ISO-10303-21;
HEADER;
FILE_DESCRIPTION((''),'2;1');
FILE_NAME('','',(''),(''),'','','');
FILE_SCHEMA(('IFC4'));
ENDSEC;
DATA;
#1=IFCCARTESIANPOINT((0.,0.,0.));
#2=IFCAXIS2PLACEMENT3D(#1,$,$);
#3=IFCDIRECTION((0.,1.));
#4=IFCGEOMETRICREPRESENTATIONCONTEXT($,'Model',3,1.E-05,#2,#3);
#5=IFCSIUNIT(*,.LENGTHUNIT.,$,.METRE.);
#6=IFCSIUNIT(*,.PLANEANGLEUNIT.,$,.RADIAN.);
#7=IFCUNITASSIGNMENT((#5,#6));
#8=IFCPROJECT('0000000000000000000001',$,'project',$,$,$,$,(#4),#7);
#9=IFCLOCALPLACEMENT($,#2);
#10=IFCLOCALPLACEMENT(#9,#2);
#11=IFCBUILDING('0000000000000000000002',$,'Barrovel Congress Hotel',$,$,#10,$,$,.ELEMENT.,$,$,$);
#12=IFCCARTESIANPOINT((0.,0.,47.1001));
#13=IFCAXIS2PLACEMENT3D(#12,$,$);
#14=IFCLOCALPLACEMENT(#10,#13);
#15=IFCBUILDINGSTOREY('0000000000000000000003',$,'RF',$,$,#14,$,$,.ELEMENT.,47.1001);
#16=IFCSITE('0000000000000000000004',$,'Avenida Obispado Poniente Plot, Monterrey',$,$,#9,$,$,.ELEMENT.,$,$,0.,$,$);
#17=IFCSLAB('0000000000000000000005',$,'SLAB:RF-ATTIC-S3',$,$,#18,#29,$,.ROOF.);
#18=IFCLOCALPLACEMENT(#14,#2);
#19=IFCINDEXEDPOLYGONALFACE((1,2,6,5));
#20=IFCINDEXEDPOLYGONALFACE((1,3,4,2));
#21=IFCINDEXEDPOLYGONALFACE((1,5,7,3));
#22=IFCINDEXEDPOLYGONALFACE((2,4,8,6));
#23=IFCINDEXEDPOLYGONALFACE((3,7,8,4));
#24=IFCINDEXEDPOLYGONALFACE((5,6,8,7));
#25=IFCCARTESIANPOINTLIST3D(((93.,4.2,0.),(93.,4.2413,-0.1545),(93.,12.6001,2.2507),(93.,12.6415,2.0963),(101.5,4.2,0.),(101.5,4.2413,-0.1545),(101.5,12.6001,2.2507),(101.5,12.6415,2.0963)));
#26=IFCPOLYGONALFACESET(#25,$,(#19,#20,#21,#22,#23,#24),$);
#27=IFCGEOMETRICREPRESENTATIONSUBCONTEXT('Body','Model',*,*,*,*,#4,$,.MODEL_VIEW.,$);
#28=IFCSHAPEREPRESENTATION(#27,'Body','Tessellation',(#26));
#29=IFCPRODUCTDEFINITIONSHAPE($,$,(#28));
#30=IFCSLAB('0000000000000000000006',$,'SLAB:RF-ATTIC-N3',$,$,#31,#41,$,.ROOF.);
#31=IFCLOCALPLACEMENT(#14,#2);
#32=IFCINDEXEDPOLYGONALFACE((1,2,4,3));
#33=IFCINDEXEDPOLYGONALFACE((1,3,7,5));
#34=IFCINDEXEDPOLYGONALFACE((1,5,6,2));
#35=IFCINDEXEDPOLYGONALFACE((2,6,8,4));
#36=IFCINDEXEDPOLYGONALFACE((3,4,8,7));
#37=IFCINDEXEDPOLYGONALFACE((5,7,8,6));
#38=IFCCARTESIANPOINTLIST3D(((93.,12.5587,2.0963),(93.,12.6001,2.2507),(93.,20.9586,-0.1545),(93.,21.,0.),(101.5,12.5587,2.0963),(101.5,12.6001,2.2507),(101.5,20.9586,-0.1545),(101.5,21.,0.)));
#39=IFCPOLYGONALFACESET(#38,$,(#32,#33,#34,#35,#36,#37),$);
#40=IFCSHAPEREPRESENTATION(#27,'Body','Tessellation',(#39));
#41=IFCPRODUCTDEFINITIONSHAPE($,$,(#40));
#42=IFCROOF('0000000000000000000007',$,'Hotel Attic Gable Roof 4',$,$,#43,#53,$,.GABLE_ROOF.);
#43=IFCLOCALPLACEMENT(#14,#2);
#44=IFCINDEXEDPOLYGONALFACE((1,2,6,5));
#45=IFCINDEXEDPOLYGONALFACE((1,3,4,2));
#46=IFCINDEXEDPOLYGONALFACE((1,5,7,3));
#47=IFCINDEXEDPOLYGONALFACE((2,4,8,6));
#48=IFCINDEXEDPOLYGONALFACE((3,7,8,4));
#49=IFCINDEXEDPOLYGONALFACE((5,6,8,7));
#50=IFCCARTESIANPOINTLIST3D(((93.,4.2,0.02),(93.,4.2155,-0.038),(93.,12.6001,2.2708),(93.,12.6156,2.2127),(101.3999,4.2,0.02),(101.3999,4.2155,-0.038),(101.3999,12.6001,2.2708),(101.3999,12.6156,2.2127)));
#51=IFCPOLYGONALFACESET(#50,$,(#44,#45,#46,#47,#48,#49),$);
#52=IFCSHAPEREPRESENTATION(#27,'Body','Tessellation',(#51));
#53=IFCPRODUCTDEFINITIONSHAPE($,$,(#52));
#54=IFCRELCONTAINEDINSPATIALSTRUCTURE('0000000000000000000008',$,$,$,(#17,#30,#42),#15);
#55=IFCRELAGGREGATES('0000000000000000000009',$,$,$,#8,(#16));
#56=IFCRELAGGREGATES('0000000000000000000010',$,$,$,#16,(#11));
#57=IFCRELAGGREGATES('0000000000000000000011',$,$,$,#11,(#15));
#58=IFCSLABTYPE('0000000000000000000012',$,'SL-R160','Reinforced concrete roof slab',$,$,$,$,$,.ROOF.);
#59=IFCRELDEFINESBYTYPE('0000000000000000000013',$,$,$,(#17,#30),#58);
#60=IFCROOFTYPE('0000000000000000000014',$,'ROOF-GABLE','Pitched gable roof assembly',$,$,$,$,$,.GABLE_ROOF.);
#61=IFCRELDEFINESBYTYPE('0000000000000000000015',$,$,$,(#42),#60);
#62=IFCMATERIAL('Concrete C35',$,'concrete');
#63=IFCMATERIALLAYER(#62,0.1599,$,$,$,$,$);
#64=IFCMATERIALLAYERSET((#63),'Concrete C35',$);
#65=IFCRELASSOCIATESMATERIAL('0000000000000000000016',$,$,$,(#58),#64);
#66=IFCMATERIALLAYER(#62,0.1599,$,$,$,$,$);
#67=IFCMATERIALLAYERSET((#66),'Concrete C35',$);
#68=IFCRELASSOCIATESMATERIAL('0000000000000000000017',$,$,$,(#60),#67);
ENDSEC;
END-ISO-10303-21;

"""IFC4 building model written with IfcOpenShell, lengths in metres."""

from ifc_helpers import new_model, si_unit, direction, frame, origin, place, context, subcontext, project, spatial, polyline, outline, extrude, material, layer, layer_set, type_object, element, save


model = new_model("IFC4")

# Units and contexts
model_context = context("Model", 3, precision=1e-05, world=origin(), true_north=direction((0.0, 1.0)))
body_context = subcontext(model_context, "Body", "Model", "MODEL_VIEW")
ifc_project = project(units=[si_unit("LENGTHUNIT", "METRE"), si_unit("PLANEANGLEUNIT", "RADIAN")], contexts=[model_context])

# Site, building, storey
site_placement = place(None, origin())
site = spatial("IfcSite", under=ifc_project, at=site_placement, Name="Avenida Obispado Poniente Plot, Monterrey", CompositionType="ELEMENT", RefElevation=0.0)
building_placement = place(site_placement, origin())
building = spatial("IfcBuilding", under=site, at=building_placement, Name="Barrovel Congress Hotel", CompositionType="ELEMENT")
storey_placement = place(building_placement, frame((0.0, 0.0, 47.1001)))
storey = spatial("IfcBuildingStorey", under=building, at=storey_placement, Name="RF", CompositionType="ELEMENT", Elevation=47.1001)

# Slabs
ifc_material_1 = material(Name="Concrete C35", Category="concrete")
ifc_layer_1 = layer(ifc_material_1, 0.1599)
ifc_layer_set_1 = layer_set([ifc_layer_1], Name="Concrete C35")
slab_type = type_object("IfcSlabType", Name="SL-R160", Description="Reinforced concrete roof slab", PredefinedType="ROOF", material=ifc_layer_set_1)
slab_1_placement = place(storey_placement, frame((93.0, 4.2, 0.0), z_axis=(0.0, -0.25881, 0.965928), x_axis=(1.0, 0.0, 0.0)))
element("IfcSlab", 1, at=slab_1_placement, inside=storey, type_object=slab_type, Name="SLAB:RF-ATTIC-S3", PredefinedType="ROOF", context=body_context, shape_type="SweptSolid", body=[
    extrude(outline(polyline([(0.0, 0.0), (8.5, 0.0), (8.5, 8.6965), (0.0, 8.6965), (0.0, 0.0)])), origin(), (0.0, 0.0, -1.0), 0.1599),
])
slab_2_placement = place(storey_placement, frame((93.0, 12.6001, 2.2507), z_axis=(0.0, 0.258817, 0.965926), x_axis=(1.0, 0.0, 0.0)))
element("IfcSlab", 2, at=slab_2_placement, inside=storey, type_object=slab_type, Name="SLAB:RF-ATTIC-N3", PredefinedType="ROOF", context=body_context, shape_type="SweptSolid", body=[
    extrude(outline(polyline([(0.0, 0.0), (8.5, 0.0), (8.5, 8.6962), (0.0, 8.6962), (0.0, 0.0)])), origin(), (0.0, 0.0, -1.0), 0.1599),
])

# Roof
ifc_layer_2 = layer(ifc_material_1, 0.1599)
ifc_layer_set_2 = layer_set([ifc_layer_2], Name="Concrete C35")
roof_type = type_object("IfcRoofType", Name="ROOF-GABLE", Description="Pitched gable roof assembly", PredefinedType="GABLE_ROOF", material=ifc_layer_set_2)
roof_placement = place(storey_placement, frame((93.0, 4.2, 0.02), z_axis=(0.0, -0.25881, 0.965928), x_axis=(1.0, 0.0, 0.0)))
element("IfcRoof", 3, at=roof_placement, inside=storey, type_object=roof_type, Name="Hotel Attic Gable Roof 4", PredefinedType="GABLE_ROOF", context=body_context, shape_type="SweptSolid", body=[
    extrude(outline(polyline([(0.0, 0.0), (8.3999, 0.0), (8.3999, 8.6965), (0.0, 8.6965), (0.0, 0.0)])), origin(), (0.0, 0.0, -1.0), 0.0601),
])

save(model, "model.ifc")
